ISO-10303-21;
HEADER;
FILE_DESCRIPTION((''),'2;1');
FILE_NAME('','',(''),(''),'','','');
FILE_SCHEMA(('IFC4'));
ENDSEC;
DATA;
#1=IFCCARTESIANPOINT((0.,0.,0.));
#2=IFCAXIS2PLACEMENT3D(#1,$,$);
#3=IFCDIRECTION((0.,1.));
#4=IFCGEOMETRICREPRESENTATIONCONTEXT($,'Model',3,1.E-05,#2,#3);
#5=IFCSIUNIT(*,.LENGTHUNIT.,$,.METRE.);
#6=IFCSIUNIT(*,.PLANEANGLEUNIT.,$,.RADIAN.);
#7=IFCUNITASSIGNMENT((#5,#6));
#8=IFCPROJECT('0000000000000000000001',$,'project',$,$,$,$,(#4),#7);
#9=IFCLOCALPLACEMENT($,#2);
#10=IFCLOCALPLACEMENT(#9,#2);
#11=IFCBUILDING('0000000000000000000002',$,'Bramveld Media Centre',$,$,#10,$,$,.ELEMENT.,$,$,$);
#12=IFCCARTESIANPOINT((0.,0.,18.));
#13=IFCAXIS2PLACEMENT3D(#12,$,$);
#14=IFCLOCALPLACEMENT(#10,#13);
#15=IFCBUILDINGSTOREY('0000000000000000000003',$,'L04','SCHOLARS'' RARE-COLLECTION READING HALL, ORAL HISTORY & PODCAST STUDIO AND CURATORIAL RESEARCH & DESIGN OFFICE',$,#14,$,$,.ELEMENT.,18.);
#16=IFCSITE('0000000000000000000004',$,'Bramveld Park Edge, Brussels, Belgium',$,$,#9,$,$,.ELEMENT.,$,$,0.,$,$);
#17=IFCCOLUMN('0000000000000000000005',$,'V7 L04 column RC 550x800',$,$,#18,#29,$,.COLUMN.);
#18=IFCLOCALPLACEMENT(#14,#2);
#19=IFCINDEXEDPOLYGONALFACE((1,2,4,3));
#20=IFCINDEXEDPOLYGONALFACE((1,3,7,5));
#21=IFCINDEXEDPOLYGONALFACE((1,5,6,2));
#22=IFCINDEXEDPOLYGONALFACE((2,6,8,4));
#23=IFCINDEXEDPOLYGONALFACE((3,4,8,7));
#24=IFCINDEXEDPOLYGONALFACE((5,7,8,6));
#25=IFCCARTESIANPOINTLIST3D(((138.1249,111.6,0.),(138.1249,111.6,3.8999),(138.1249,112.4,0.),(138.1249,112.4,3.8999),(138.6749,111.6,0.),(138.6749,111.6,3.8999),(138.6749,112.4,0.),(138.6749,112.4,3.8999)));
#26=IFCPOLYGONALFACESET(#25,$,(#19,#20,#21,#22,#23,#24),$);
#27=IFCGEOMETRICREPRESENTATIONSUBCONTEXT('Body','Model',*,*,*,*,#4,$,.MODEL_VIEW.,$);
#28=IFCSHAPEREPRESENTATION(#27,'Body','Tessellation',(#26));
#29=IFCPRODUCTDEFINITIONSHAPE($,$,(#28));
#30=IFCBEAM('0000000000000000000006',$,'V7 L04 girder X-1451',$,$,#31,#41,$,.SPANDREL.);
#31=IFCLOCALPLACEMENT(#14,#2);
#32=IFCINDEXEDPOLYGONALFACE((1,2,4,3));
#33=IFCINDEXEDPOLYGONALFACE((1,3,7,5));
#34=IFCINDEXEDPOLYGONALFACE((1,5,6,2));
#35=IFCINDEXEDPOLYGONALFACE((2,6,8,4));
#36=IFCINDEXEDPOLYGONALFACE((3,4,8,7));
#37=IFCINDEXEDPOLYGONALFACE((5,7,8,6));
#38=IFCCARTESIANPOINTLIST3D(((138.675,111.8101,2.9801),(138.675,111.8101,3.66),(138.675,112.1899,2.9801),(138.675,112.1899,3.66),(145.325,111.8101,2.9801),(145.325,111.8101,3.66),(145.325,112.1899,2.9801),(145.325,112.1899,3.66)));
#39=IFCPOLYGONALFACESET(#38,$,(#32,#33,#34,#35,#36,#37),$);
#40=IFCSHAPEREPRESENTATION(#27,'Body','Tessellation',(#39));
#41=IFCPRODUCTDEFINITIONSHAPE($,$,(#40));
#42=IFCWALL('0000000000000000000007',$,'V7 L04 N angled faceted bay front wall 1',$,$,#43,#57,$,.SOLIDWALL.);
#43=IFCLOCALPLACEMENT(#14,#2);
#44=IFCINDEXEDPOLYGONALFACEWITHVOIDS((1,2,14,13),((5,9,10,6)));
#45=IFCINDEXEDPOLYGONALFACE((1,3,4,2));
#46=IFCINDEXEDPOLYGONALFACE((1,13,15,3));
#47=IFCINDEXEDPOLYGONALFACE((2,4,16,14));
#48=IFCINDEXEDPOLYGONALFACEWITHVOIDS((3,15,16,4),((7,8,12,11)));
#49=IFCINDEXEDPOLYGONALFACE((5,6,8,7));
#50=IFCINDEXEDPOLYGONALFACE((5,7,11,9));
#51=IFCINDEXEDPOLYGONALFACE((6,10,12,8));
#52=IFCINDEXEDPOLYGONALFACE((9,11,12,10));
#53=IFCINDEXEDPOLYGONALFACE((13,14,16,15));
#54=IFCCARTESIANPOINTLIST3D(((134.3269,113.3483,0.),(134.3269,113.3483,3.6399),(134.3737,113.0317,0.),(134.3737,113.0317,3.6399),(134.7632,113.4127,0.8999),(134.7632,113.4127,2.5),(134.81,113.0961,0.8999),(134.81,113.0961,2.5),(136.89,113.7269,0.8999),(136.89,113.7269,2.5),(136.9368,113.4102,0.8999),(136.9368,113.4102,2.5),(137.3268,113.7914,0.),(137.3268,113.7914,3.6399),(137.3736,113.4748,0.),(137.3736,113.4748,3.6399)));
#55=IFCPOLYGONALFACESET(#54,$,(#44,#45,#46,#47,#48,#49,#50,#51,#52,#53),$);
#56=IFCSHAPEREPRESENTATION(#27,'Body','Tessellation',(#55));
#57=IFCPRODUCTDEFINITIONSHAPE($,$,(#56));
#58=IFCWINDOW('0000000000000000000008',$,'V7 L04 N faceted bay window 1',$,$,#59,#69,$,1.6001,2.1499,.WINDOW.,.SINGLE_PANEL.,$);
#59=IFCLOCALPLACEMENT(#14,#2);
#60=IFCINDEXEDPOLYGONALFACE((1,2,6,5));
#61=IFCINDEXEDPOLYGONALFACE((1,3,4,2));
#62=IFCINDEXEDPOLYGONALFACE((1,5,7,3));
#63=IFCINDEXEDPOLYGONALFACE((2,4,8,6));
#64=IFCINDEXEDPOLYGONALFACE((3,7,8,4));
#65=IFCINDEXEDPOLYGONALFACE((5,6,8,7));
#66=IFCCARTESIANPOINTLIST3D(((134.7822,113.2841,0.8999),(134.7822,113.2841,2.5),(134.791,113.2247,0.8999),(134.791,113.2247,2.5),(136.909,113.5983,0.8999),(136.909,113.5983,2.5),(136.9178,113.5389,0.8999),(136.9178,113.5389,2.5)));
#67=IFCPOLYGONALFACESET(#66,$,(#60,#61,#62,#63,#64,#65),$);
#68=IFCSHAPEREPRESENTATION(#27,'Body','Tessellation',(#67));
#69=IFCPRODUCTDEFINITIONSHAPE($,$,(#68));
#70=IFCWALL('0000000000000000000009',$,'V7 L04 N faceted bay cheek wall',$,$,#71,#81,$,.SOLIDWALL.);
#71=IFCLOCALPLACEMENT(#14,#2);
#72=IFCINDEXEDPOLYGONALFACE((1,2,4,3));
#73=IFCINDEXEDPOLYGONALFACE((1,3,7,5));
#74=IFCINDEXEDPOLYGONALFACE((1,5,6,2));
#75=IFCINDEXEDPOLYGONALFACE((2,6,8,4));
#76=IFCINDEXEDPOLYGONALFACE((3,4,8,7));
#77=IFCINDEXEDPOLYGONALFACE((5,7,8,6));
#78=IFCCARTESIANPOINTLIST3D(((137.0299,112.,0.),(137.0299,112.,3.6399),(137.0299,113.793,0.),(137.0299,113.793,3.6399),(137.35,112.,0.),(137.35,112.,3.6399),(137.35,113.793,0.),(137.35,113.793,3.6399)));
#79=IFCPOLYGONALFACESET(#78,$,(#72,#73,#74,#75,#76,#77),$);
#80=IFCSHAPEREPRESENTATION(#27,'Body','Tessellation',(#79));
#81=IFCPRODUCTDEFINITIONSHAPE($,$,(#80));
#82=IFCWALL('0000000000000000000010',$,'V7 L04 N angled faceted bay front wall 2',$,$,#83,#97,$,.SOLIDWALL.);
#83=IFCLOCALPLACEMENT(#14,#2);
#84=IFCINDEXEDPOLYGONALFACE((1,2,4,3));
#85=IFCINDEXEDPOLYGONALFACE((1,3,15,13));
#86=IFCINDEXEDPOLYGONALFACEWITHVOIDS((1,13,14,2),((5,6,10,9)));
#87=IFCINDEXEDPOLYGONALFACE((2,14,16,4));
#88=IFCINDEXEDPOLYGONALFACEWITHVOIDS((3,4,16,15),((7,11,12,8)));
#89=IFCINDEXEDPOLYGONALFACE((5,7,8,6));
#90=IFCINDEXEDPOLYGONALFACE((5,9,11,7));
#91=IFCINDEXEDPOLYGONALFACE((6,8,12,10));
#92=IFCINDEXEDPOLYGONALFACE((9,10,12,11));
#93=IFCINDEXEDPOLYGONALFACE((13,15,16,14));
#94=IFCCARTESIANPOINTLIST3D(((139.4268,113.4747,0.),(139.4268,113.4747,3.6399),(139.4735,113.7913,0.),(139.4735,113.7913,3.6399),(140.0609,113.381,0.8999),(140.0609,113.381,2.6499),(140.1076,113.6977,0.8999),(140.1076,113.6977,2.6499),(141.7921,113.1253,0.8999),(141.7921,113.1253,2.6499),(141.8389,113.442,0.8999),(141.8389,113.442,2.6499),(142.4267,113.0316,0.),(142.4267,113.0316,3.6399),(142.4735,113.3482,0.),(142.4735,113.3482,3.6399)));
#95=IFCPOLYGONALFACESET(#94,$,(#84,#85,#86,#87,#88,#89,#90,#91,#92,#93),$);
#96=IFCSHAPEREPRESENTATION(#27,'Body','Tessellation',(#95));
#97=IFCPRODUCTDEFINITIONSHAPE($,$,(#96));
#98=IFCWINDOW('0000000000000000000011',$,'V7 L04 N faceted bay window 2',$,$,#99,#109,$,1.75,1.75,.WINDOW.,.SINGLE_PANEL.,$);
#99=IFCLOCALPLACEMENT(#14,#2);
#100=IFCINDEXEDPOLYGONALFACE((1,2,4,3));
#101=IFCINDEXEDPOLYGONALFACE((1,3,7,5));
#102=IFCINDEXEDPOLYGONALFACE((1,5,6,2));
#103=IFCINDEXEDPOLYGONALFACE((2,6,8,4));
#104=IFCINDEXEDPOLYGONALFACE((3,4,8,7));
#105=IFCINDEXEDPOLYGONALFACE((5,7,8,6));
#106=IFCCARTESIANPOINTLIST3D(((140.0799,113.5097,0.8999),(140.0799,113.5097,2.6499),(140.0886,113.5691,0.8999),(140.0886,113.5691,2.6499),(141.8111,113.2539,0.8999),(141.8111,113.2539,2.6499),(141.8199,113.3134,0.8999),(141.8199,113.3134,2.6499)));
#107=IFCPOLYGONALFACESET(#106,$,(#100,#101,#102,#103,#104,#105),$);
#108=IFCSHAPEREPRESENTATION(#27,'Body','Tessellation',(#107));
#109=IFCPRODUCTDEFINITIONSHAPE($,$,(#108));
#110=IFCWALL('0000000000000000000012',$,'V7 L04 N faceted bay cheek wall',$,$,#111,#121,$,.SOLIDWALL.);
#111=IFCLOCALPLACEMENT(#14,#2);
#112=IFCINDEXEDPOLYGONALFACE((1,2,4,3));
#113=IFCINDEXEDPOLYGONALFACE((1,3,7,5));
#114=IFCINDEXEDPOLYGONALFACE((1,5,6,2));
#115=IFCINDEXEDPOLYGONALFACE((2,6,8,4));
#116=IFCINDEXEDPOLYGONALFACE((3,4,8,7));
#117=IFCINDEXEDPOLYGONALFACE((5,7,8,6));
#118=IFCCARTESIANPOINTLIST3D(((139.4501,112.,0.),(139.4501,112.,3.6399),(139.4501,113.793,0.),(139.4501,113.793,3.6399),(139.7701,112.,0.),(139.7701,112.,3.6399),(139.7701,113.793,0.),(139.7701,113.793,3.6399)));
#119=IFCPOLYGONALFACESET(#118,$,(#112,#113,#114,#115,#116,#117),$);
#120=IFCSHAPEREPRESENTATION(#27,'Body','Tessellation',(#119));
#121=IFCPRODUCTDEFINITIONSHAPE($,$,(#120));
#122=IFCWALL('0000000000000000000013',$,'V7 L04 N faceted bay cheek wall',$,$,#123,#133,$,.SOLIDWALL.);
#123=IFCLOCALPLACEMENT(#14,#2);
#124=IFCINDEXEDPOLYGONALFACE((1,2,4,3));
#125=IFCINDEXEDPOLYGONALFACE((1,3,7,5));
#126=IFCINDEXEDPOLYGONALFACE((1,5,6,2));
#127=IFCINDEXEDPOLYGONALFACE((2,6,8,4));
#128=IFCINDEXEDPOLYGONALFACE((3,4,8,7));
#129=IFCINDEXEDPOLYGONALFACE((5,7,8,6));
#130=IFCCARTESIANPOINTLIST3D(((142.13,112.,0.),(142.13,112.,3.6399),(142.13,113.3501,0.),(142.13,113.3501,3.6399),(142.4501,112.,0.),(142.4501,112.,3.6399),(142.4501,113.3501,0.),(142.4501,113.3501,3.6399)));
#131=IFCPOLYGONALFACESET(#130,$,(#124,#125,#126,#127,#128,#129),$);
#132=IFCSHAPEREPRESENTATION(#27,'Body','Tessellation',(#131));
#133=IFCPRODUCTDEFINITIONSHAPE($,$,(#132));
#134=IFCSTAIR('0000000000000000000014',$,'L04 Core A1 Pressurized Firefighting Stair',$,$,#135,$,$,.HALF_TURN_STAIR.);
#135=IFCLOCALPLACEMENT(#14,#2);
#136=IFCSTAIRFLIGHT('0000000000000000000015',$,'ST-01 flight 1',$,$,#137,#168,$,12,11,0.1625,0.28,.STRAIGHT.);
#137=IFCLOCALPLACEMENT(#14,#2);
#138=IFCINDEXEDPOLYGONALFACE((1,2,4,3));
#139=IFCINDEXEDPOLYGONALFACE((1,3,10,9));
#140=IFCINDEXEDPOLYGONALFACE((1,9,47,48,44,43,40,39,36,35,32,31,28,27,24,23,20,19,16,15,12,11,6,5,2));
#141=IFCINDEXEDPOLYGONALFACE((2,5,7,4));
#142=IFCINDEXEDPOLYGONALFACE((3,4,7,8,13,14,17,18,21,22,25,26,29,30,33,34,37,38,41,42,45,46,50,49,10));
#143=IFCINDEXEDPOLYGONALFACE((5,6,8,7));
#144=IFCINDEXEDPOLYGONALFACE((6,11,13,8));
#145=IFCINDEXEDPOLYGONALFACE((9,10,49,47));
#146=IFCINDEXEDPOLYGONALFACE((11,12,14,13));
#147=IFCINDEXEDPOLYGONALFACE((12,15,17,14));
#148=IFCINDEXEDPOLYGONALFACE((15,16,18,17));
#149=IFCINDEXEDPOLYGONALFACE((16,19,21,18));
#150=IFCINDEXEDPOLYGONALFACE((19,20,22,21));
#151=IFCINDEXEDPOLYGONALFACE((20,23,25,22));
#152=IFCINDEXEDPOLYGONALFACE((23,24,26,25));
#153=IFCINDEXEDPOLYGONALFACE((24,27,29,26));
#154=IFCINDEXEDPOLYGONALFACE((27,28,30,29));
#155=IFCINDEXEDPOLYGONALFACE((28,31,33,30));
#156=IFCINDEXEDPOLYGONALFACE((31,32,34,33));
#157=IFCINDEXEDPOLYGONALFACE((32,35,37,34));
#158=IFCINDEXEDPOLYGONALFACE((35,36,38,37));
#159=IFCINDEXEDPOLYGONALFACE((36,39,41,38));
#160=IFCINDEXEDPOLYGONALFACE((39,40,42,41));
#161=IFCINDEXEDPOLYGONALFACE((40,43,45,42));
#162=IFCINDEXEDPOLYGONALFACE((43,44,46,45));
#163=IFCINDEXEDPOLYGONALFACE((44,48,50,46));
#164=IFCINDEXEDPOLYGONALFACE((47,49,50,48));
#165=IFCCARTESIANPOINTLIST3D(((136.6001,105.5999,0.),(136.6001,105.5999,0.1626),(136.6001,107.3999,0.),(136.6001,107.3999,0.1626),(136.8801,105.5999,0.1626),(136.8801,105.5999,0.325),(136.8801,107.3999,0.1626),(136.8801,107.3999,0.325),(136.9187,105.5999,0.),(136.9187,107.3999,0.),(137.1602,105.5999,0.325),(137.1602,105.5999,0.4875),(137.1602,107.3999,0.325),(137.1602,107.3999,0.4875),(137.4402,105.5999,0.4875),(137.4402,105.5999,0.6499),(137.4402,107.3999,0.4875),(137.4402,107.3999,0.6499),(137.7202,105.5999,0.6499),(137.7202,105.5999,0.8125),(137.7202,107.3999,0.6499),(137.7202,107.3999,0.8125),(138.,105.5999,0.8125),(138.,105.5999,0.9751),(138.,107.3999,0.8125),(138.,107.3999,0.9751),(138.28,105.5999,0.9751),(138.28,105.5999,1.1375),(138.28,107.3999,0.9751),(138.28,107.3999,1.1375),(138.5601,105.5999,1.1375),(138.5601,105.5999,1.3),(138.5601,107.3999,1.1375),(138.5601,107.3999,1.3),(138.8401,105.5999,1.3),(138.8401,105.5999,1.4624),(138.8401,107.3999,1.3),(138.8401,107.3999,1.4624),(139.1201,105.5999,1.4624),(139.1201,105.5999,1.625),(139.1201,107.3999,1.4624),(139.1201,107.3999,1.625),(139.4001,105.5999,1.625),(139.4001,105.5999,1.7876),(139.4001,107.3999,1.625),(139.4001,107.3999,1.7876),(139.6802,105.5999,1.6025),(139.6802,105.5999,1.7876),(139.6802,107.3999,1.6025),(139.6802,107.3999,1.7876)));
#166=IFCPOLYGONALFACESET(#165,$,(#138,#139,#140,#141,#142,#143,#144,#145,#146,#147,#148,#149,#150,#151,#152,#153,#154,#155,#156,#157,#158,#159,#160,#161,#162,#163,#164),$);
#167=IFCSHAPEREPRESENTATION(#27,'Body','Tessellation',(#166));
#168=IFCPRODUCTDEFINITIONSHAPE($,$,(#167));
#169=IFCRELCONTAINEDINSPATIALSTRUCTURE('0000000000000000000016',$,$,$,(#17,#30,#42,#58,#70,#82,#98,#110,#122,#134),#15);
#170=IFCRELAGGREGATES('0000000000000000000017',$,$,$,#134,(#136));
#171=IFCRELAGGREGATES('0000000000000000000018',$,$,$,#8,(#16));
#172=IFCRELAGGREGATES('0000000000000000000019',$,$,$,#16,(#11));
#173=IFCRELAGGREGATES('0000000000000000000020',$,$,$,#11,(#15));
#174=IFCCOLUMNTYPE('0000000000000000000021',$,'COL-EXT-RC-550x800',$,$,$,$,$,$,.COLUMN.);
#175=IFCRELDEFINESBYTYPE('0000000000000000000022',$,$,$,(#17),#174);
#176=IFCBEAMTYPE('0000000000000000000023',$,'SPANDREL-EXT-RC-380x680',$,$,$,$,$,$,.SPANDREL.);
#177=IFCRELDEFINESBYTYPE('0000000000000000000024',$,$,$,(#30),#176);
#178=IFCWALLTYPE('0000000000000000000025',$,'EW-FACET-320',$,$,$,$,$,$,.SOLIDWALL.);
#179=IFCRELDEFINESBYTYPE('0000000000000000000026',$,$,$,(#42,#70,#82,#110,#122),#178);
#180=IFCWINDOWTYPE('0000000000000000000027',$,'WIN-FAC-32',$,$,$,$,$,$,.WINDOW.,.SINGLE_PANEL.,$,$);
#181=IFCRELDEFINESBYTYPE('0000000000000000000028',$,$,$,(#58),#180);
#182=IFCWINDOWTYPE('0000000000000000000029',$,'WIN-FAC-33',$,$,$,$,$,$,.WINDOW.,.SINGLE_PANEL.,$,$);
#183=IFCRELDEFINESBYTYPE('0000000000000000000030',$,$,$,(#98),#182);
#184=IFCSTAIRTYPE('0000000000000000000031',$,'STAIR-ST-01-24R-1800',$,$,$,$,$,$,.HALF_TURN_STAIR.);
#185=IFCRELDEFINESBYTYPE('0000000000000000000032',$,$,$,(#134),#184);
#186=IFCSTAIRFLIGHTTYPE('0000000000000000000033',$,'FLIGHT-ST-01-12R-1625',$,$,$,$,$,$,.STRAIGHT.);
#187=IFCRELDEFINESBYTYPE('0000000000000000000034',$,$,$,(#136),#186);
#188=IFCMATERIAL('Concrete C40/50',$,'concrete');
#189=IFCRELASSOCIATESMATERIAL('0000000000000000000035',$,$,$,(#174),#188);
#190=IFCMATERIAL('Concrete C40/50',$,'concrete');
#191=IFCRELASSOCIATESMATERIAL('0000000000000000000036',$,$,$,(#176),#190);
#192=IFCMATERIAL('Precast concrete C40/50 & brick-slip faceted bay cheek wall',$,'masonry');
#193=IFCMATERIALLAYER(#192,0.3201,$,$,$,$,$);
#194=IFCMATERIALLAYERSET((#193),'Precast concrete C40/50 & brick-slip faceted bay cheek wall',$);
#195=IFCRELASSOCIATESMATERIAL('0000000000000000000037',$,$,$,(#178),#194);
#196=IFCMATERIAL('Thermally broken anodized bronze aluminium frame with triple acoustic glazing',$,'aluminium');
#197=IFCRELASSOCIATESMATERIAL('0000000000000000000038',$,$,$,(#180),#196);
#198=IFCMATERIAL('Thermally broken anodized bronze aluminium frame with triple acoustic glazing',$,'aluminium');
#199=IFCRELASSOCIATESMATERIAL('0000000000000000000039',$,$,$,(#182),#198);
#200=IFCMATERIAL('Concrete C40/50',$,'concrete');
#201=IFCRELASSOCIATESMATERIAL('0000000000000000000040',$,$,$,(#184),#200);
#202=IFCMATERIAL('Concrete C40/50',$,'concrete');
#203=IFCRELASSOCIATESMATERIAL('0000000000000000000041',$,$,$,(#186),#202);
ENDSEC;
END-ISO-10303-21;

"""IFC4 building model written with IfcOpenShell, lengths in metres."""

from ifc_helpers import new_model, si_unit, direction, frame, frame_2d, origin, origin_2d, place, context, subcontext, project, spatial, polyline, rectangle, outline, extrude, material, layer, layer_set, material_profile, profile_set, type_object, element, fill, aggregate, save


model = new_model("IFC4")

# Units and contexts
model_context = context("Model", 3, precision=1e-05, world=origin(), true_north=direction((0.0, 1.0)))
body_context = subcontext(model_context, "Body", "Model", "MODEL_VIEW")
ifc_project = project(units=[si_unit("LENGTHUNIT", "METRE"), si_unit("PLANEANGLEUNIT", "RADIAN")], contexts=[model_context])

# Site, building, storey
site_placement = place(None, origin())
site = spatial("IfcSite", under=ifc_project, at=site_placement, Name="Bramveld Park Edge, Brussels, Belgium", CompositionType="ELEMENT", RefElevation=0.0)
building_placement = place(site_placement, origin())
building = spatial("IfcBuilding", under=site, at=building_placement, Name="Bramveld Media Centre", CompositionType="ELEMENT")
storey_placement = place(building_placement, frame((0.0, 0.0, 18.0)))
storey = spatial("IfcBuildingStorey", under=building, at=storey_placement, Name="L04", Description="SCHOLARS' RARE-COLLECTION READING HALL, ORAL HISTORY & PODCAST STUDIO AND CURATORIAL RESEARCH & DESIGN OFFICE", CompositionType="ELEMENT", Elevation=18.0)

# Column
ifc_material_1 = material(Name="Concrete C40/50", Category="concrete")
ifc_material_profile_1 = material_profile(ifc_material_1, rectangle(XDim=0.55, YDim=0.8, at=origin_2d()), Name="RC 550x800")
ifc_profile_set_1 = profile_set([ifc_material_profile_1], Name="Concrete C40/50")
column_type = type_object("IfcColumnType", Name="COL-EXT-RC-550x800", PredefinedType="COLUMN", material=ifc_profile_set_1)
column_placement = place(storey_placement, frame((138.3999, 112.0, 0.0), z_axis=(0.0, 0.0, 1.0), x_axis=(1.0, 0.0, 0.0)))
element("IfcColumn", 1, at=column_placement, inside=storey, type_object=column_type, Name="V7 L04 column RC 550x800", PredefinedType="COLUMN", context=body_context, shape_type="SweptSolid", body=[
    extrude(rectangle(XDim=0.55, YDim=0.8, at=origin_2d()), origin(), (0.0, 0.0, 1.0), 3.8999),
])

# Beam
ifc_material_2 = material(Name="Concrete C40/50", Category="concrete")
ifc_material_profile_2 = material_profile(ifc_material_2, rectangle(XDim=0.3799, YDim=0.6799, at=origin_2d()), Name="RC 380x680")
ifc_profile_set_2 = profile_set([ifc_material_profile_2], Name="Concrete C40/50")
beam_type = type_object("IfcBeamType", Name="SPANDREL-EXT-RC-380x680", PredefinedType="SPANDREL", material=ifc_profile_set_2)
beam_placement = place(storey_placement, frame((138.675, 112.0, 3.3201), z_axis=(1.0, 0.0, 0.0), x_axis=(0.0, 1.0, 0.0)))
element("IfcBeam", 2, at=beam_placement, inside=storey, type_object=beam_type, Name="V7 L04 girder X-1451", PredefinedType="SPANDREL", context=body_context, shape_type="SweptSolid", body=[
    extrude(rectangle(XDim=0.3799, YDim=0.6799, at=origin_2d()), origin(), (0.0, 0.0, 1.0), 6.6499),
])

# Wall, opening, window
ifc_material_3 = material(Name="Precast concrete C40/50 & brick-slip faceted bay cheek wall", Category="masonry")
ifc_layer = layer(ifc_material_3, 0.3201)
ifc_layer_set = layer_set([ifc_layer], Name="Precast concrete C40/50 & brick-slip faceted bay cheek wall")
wall_type = type_object("IfcWallType", Name="EW-FACET-320", PredefinedType="SOLIDWALL", material=ifc_layer_set)
wall_1_placement = place(storey_placement, frame((137.3501, 113.6331, 0.0), z_axis=(0.0, 0.0, 1.0), x_axis=(-0.989267, -0.14612, 0.0)))
wall_1 = element("IfcWall", 3, at=wall_1_placement, inside=storey, type_object=wall_type, Name="V7 L04 N angled faceted bay front wall 1", PredefinedType="SOLIDWALL", context=body_context, shape_type="SweptSolid", body=[
    extrude(rectangle(XDim=3.0325, YDim=0.3201, at=frame_2d((1.5161, 0.0))), origin(), (0.0, 0.0, 1.0), 3.6399),
])
opening_1_placement = place(wall_1_placement, frame((0.4414, 0.0, 0.8999)))
opening_1 = element("IfcOpeningElement", 4, at=opening_1_placement, cuts=wall_1, PredefinedType="OPENING", context=body_context, shape_type="SweptSolid", body=[
    extrude(rectangle(XDim=2.1499, YDim=1.6001, at=frame_2d((1.075, 0.8))), frame((0.0, 0.1719, 0.0), z_axis=(0.0, -1.0, 0.0), x_axis=(1.0, 0.0, 0.0)), (0.0, 0.0, 1.0), 0.344),
])
ifc_material_4 = material(Name="Thermally broken anodized bronze aluminium frame with triple acoustic glazing", Category="aluminium")
window_type_1 = type_object("IfcWindowType", Name="WIN-FAC-32", PartitioningType="SINGLE_PANEL", PredefinedType="WINDOW", material=ifc_material_4)
window_1_placement = place(opening_1_placement, origin())
window_1 = element("IfcWindow", 5, at=window_1_placement, inside=storey, type_object=window_type_1, Name="V7 L04 N faceted bay window 1", OverallHeight=1.6001, OverallWidth=2.1499, PartitioningType="SINGLE_PANEL", PredefinedType="WINDOW", context=body_context, shape_type="SweptSolid", body=[
    extrude(rectangle(XDim=2.1499, YDim=1.6001, at=frame_2d((1.075, 0.8))), frame((0.0, 0.03, 0.0), z_axis=(0.0, -1.0, 0.0), x_axis=(1.0, 0.0, 0.0)), (0.0, 0.0, 1.0), 0.0601),
])
fill(opening_1, window_1)

# Wall
wall_2_placement = place(storey_placement, frame((137.1899, 112.0, 0.0), z_axis=(0.0, 0.0, 1.0), x_axis=(0.0, 1.0, 0.0)))
element("IfcWall", 6, at=wall_2_placement, inside=storey, type_object=wall_type, Name="V7 L04 N faceted bay cheek wall", PredefinedType="SOLIDWALL", context=body_context, shape_type="SweptSolid", body=[
    extrude(rectangle(XDim=1.793, YDim=0.3201, at=frame_2d((0.8965, 0.0))), origin(), (0.0, 0.0, 1.0), 3.6399),
])

# Wall, opening, window
wall_3_placement = place(storey_placement, frame((142.45, 113.1899, 0.0), z_axis=(0.0, 0.0, 1.0), x_axis=(-0.989267, 0.14612, 0.0)))
wall_3 = element("IfcWall", 7, at=wall_3_placement, inside=storey, type_object=wall_type, Name="V7 L04 N angled faceted bay front wall 2", PredefinedType="SOLIDWALL", context=body_context, shape_type="SweptSolid", body=[
    extrude(rectangle(XDim=3.0325, YDim=0.3201, at=frame_2d((1.5161, 0.0))), origin(), (0.0, 0.0, 1.0), 3.6399),
])
opening_2_placement = place(wall_3_placement, frame((0.6414, 0.0, 0.8999)))
opening_2 = element("IfcOpeningElement", 8, at=opening_2_placement, cuts=wall_3, PredefinedType="OPENING", context=body_context, shape_type="SweptSolid", body=[
    extrude(rectangle(XDim=1.75, YDim=1.75, at=frame_2d((0.875, 0.875))), frame((0.0, 0.1719, 0.0), z_axis=(0.0, -1.0, 0.0), x_axis=(1.0, 0.0, 0.0)), (0.0, 0.0, 1.0), 0.344),
])
ifc_material_5 = material(Name="Thermally broken anodized bronze aluminium frame with triple acoustic glazing", Category="aluminium")
window_type_2 = type_object("IfcWindowType", Name="WIN-FAC-33", PartitioningType="SINGLE_PANEL", PredefinedType="WINDOW", material=ifc_material_5)
window_2_placement = place(opening_2_placement, origin())
window_2 = element("IfcWindow", 9, at=window_2_placement, inside=storey, type_object=window_type_2, Name="V7 L04 N faceted bay window 2", OverallHeight=1.75, OverallWidth=1.75, PartitioningType="SINGLE_PANEL", PredefinedType="WINDOW", context=body_context, shape_type="SweptSolid", body=[
    extrude(rectangle(XDim=1.75, YDim=1.75, at=frame_2d((0.875, 0.875))), frame((0.0, 0.03, 0.0), z_axis=(0.0, -1.0, 0.0), x_axis=(1.0, 0.0, 0.0)), (0.0, 0.0, 1.0), 0.0601),
])
fill(opening_2, window_2)

# Walls
wall_4_placement = place(storey_placement, frame((139.6101, 112.0, 0.0), z_axis=(0.0, 0.0, 1.0), x_axis=(0.0, 1.0, 0.0)))
element("IfcWall", 10, at=wall_4_placement, inside=storey, type_object=wall_type, Name="V7 L04 N faceted bay cheek wall", PredefinedType="SOLIDWALL", context=body_context, shape_type="SweptSolid", body=[
    extrude(rectangle(XDim=1.793, YDim=0.3201, at=frame_2d((0.8965, 0.0))), origin(), (0.0, 0.0, 1.0), 3.6399),
])
wall_5_placement = place(storey_placement, frame((142.29, 112.0, 0.0), z_axis=(0.0, 0.0, 1.0), x_axis=(0.0, 1.0, 0.0)))
element("IfcWall", 11, at=wall_5_placement, inside=storey, type_object=wall_type, Name="V7 L04 N faceted bay cheek wall", PredefinedType="SOLIDWALL", context=body_context, shape_type="SweptSolid", body=[
    extrude(rectangle(XDim=1.3501, YDim=0.3201, at=frame_2d((0.675, 0.0))), origin(), (0.0, 0.0, 1.0), 3.6399),
])

# Stair, stair flight
ifc_material_6 = material(Name="Concrete C40/50", Category="concrete")
stair_type = type_object("IfcStairType", Name="STAIR-ST-01-24R-1800", PredefinedType="HALF_TURN_STAIR", material=ifc_material_6)
stair_placement = place(storey_placement, origin())
stair = element("IfcStair", 12, at=stair_placement, inside=storey, type_object=stair_type, Name="L04 Core A1 Pressurized Firefighting Stair", PredefinedType="HALF_TURN_STAIR")
ifc_material_7 = material(Name="Concrete C40/50", Category="concrete")
stair_flight_type = type_object("IfcStairFlightType", Name="FLIGHT-ST-01-12R-1625", PredefinedType="STRAIGHT", material=ifc_material_7)
stair_flight_1_placement = place(storey_placement, frame((136.6001, 106.5, 0.0), z_axis=(0.0, 0.0, 1.0), x_axis=(1.0, 0.0, 0.0)))
stair_flight_1 = element("IfcStairFlight", 13, at=stair_flight_1_placement, type_object=stair_flight_type, Name="ST-01 flight 1", NumberOfRisers=12, NumberOfTreads=11, PredefinedType="STRAIGHT", RiserHeight=0.1625, TreadLength=0.28, context=body_context, shape_type="SweptSolid", body=[
    extrude(outline(polyline([(0.0, 0.0), (0.0, 0.1626), (0.28, 0.1626), (0.28, 0.325), (0.5601, 0.325), (0.5601, 0.4875), (0.8401, 0.4875), (0.8401, 0.6499), (1.1201, 0.6499), (1.1201, 0.8125), (1.3999, 0.8125), (1.3999, 0.9751), (1.6799, 0.9751), (1.6799, 1.1375), (1.96, 1.1375), (1.96, 1.3), (2.24, 1.3), (2.24, 1.4624), (2.52, 1.4624), (2.52, 1.625), (2.8, 1.625), (2.8, 1.7876), (3.0801, 1.7876), (3.0801, 1.95), (3.0801, 1.6025), (0.3186, 0.0), (0.0, 0.0)])), frame((0.0, 0.8999, 0.0), z_axis=(0.0, -1.0, 0.0), x_axis=(1.0, 0.0, 0.0)), (0.0, 0.0, 1.0), 1.8),
])
aggregate(stair, [stair_flight_1])

save(model, "model.ifc")
